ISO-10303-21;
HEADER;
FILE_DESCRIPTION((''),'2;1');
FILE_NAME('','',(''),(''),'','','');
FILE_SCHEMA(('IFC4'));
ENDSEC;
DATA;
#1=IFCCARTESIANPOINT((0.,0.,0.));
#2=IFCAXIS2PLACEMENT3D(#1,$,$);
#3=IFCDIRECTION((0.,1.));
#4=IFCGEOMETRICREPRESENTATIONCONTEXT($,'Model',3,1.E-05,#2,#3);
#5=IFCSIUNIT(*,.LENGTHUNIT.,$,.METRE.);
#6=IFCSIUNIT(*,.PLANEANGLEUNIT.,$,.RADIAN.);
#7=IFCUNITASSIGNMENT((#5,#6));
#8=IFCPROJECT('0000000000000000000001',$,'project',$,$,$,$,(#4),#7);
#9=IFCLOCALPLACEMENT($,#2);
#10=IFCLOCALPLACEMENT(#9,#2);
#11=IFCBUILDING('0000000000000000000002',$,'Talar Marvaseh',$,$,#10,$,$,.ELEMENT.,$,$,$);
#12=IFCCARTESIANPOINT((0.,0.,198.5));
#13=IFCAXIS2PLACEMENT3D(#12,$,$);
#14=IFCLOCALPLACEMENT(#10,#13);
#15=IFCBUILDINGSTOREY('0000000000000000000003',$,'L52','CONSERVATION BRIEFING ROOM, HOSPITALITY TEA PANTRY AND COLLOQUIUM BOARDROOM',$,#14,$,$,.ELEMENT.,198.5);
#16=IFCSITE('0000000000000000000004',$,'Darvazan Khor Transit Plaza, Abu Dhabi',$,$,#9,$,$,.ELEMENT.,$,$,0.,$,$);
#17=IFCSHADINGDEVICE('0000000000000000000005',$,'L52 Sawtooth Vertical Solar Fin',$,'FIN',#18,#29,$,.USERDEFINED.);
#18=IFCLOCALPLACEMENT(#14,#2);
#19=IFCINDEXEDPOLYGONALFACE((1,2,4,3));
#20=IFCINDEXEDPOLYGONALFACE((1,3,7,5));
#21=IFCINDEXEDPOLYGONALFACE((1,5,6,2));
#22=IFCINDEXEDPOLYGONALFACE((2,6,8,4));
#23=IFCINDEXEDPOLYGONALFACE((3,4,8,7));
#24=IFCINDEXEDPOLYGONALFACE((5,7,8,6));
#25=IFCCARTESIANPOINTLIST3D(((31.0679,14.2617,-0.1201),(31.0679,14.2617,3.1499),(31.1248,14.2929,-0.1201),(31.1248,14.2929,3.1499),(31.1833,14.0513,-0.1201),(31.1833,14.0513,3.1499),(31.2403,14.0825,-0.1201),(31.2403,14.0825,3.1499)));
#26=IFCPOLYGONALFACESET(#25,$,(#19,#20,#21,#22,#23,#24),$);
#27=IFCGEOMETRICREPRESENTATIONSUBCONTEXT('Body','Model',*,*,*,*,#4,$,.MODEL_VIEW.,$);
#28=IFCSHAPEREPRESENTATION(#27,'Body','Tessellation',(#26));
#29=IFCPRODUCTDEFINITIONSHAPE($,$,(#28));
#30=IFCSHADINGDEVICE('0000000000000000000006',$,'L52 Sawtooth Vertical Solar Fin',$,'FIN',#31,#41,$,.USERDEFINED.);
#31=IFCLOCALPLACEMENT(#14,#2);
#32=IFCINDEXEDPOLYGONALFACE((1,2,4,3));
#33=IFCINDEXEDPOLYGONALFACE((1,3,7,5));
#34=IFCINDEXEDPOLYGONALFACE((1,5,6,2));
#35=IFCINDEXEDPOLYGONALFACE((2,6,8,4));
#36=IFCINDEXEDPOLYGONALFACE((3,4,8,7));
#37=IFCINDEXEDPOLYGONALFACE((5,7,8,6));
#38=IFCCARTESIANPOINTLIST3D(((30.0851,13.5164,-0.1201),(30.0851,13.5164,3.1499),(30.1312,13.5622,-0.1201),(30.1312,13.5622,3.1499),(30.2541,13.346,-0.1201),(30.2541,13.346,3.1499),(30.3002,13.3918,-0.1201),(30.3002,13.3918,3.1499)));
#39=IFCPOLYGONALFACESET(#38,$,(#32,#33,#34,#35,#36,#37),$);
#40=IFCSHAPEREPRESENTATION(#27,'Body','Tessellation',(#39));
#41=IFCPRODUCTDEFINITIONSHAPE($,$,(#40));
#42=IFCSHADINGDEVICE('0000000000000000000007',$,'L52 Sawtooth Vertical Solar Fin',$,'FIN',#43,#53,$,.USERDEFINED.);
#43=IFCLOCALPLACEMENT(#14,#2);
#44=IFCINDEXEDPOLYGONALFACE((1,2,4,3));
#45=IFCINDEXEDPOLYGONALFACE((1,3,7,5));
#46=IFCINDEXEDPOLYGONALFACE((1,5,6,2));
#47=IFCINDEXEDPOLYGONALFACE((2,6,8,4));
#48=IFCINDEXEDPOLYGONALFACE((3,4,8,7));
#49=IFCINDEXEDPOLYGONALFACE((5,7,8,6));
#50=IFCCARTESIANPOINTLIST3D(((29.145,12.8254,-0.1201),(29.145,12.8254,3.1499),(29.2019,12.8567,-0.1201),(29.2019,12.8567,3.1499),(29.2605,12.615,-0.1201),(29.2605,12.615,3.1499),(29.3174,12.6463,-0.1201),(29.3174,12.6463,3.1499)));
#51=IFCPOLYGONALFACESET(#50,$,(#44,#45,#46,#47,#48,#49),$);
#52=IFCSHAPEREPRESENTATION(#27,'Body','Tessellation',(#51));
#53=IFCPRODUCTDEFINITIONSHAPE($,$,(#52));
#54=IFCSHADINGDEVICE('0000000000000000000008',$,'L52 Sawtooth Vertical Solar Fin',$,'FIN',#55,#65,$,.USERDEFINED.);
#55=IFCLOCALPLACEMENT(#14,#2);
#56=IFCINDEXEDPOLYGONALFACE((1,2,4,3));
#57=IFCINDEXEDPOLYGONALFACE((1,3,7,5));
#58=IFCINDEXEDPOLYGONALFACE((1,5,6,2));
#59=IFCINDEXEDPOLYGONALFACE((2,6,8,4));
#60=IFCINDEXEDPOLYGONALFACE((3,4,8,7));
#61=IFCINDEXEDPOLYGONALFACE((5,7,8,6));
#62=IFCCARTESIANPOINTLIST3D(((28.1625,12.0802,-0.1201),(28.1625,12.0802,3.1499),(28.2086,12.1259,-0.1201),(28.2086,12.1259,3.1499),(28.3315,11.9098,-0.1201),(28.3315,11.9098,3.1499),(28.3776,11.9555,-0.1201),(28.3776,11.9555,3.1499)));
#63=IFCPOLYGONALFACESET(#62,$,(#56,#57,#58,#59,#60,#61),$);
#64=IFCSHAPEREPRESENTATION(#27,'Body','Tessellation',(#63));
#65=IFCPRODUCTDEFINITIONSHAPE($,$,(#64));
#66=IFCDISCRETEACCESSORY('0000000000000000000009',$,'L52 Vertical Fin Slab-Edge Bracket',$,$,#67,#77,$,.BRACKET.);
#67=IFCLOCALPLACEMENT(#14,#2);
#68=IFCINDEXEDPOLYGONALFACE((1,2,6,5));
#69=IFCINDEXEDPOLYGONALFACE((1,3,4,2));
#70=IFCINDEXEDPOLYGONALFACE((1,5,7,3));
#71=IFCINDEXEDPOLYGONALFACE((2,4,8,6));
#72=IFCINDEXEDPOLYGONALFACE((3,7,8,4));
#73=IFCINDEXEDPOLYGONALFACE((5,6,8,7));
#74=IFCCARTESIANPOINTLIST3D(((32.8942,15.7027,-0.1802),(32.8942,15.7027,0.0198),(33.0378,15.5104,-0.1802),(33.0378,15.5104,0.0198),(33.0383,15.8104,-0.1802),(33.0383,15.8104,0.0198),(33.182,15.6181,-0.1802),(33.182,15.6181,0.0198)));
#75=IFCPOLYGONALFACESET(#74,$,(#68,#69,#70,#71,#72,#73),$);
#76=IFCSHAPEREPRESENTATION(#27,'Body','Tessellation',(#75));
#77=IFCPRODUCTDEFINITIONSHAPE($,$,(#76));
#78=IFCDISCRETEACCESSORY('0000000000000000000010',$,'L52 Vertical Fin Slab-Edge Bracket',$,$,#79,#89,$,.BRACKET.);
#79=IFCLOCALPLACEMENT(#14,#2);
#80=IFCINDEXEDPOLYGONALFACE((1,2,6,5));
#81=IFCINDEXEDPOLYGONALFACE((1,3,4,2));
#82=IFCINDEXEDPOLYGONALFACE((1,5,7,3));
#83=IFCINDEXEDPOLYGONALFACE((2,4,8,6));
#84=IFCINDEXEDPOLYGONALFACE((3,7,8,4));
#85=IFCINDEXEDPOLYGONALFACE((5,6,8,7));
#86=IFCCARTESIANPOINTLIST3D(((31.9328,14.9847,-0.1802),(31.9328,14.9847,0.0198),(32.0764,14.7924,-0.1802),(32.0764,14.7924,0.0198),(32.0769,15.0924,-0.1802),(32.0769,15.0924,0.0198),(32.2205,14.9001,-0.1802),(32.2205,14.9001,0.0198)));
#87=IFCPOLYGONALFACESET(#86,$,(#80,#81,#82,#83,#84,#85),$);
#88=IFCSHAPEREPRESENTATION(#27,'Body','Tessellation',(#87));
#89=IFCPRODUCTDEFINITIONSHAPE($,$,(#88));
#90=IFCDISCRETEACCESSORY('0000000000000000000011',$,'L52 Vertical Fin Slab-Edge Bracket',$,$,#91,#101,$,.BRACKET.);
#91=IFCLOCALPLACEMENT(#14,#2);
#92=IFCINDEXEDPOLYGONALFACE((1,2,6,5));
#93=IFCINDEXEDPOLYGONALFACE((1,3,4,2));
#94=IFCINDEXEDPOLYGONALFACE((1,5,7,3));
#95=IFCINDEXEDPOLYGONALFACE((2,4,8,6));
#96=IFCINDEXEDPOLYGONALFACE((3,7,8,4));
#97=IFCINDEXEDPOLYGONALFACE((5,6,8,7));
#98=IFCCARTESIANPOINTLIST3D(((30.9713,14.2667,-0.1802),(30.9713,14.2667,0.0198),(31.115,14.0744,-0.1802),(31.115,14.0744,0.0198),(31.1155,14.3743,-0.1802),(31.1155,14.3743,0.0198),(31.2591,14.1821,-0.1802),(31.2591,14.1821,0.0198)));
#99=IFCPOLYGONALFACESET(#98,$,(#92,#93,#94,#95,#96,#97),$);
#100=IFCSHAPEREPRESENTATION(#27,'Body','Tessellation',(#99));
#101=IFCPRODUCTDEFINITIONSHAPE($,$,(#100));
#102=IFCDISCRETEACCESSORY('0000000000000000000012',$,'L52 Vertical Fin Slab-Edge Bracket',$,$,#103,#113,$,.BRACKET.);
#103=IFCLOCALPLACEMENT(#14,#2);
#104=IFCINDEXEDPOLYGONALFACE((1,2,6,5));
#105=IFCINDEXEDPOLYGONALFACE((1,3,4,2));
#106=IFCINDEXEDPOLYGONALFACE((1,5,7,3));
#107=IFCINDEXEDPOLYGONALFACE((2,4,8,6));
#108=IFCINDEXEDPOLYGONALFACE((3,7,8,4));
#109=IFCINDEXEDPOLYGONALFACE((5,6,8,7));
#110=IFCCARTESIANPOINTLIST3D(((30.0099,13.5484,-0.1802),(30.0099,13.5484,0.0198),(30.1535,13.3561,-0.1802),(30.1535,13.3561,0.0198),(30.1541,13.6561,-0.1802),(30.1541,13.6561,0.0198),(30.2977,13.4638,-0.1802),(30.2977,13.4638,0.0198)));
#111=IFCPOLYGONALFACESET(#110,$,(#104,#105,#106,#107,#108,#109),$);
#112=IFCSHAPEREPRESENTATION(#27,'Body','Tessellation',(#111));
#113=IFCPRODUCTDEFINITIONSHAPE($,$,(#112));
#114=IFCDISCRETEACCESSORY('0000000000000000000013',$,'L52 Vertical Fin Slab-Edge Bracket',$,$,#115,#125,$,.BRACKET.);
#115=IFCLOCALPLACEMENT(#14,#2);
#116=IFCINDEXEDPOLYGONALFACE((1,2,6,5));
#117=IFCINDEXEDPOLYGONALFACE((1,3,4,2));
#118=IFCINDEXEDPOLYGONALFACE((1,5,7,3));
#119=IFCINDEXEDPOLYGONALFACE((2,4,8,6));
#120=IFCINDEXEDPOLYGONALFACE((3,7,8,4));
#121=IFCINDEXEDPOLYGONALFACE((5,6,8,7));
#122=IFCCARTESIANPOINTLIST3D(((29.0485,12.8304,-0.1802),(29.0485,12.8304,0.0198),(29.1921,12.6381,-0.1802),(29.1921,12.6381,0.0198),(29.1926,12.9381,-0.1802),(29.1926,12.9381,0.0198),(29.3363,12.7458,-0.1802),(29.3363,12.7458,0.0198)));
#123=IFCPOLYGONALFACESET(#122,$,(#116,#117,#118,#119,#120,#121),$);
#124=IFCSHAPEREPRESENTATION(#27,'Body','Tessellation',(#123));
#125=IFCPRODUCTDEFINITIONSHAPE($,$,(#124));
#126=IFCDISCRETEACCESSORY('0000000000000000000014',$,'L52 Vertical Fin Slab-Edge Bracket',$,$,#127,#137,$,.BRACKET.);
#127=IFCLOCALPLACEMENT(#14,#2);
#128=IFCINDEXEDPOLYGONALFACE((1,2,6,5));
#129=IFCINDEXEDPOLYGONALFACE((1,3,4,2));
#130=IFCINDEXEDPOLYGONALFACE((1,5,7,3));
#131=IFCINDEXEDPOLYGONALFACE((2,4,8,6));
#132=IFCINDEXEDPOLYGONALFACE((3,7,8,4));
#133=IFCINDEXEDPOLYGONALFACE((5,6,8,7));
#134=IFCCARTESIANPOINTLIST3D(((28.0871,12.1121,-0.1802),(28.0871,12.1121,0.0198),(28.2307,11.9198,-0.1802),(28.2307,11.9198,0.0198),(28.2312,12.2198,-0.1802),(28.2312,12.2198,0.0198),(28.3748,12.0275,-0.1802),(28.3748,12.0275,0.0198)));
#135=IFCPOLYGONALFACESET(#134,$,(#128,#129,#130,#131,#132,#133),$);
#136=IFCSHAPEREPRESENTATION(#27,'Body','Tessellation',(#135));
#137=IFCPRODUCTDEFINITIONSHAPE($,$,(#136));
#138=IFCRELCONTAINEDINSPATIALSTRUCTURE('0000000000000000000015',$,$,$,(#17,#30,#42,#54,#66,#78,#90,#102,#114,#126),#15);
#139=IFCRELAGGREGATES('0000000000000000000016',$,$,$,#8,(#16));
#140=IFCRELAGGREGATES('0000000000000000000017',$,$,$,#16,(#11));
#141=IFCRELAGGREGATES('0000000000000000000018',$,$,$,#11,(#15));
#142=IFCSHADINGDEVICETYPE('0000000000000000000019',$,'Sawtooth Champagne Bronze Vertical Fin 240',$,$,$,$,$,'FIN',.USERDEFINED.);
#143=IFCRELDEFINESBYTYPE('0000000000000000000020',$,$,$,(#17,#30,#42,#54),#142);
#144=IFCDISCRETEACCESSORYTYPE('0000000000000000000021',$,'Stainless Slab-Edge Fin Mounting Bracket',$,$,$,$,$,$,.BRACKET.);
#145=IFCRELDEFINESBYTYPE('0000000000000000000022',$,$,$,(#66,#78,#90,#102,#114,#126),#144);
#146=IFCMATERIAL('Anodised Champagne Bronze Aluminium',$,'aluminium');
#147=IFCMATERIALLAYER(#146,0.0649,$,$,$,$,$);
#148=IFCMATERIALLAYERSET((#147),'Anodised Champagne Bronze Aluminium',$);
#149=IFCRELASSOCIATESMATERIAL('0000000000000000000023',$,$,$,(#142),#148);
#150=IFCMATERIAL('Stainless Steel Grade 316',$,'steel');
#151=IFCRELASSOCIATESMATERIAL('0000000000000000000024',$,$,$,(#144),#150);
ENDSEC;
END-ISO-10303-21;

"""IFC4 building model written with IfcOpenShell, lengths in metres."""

from ifc_helpers import new_model, si_unit, direction, frame, origin, origin_2d, place, context, subcontext, project, spatial, rectangle, extrude, source, transform, mapped, material, layer, layer_set, type_object, type_shapes, element, save


model = new_model("IFC4")

# Units and contexts
model_context = context("Model", 3, precision=1e-05, world=origin(), true_north=direction((0.0, 1.0)))
body_context = subcontext(model_context, "Body", "Model", "MODEL_VIEW")
ifc_project = project(units=[si_unit("LENGTHUNIT", "METRE"), si_unit("PLANEANGLEUNIT", "RADIAN")], contexts=[model_context])

# Site, building, storey
site_placement = place(None, origin())
site = spatial("IfcSite", under=ifc_project, at=site_placement, Name="Darvazan Khor Transit Plaza, Abu Dhabi", CompositionType="ELEMENT", RefElevation=0.0)
building_placement = place(site_placement, origin())
building = spatial("IfcBuilding", under=site, at=building_placement, Name="Talar Marvaseh", CompositionType="ELEMENT")
storey_placement = place(building_placement, frame((0.0, 0.0, 198.5)))
storey = spatial("IfcBuildingStorey", under=building, at=storey_placement, Name="L52", Description="CONSERVATION BRIEFING ROOM, HOSPITALITY TEA PANTRY AND COLLOQUIUM BOARDROOM", CompositionType="ELEMENT", Elevation=198.5)

# Shading devices
ifc_material_1 = material(Name="Anodised Champagne Bronze Aluminium", Category="aluminium")
ifc_layer_1 = layer(ifc_material_1, 0.0649)
ifc_layer_set_1 = layer_set([ifc_layer_1], Name="Anodised Champagne Bronze Aluminium")
shading_device_type = type_object("IfcShadingDeviceType", Name="Sawtooth Champagne Bronze Vertical Fin 240", ElementType="FIN", PredefinedType="USERDEFINED", material=ifc_layer_set_1)
shared_shape_1 = source(origin(), body_context, "Body", "SweptSolid", [
    extrude(rectangle(XDim=0.24, YDim=0.0649, at=origin_2d()), origin(), (0.0, 0.0, 1.0), 3.27),
])
type_shapes(shading_device_type, [shared_shape_1])
for number, where, z_axis, x_axis, name in (
    (1, (31.1541, 14.1721, -0.1201), (0.0, 0.0, 1.0), (0.481142, -0.876643, 0.0), "L52 Sawtooth Vertical Solar Fin"),
    (2, (30.1926, 13.4541, -0.1201), (0.0, 0.0, 1.0), (0.704139, -0.710062, 0.0), "L52 Sawtooth Vertical Solar Fin"),
    (3, (29.2312, 12.7358, -0.1201), (0.0, 0.0, 1.0), (0.481142, -0.876643, 0.0), "L52 Sawtooth Vertical Solar Fin"),
    (4, (28.27, 12.0178, -0.1201), (0.0, 0.0, 1.0), (0.704139, -0.710062, 0.0), "L52 Sawtooth Vertical Solar Fin"),
):
    element("IfcShadingDevice", number, at=place(storey_placement, frame(where, z_axis=z_axis, x_axis=x_axis)), inside=storey, type_object=shading_device_type, Name=name, ObjectType="FIN", PredefinedType="USERDEFINED", context=body_context, shape_type="MappedRepresentation", body=[
        mapped(shared_shape_1, transform((0.0, 0.0, 0.0), x_axis=(1.0, 0.0, 0.0), y_axis=(0.0, 1.0, 0.0), z_axis=(0.0, 0.0, 1.0), scale=1.0)),
    ])

# Discrete accessories
ifc_material_2 = material(Name="Stainless Steel Grade 316", Category="steel")
discrete_accessory_type = type_object("IfcDiscreteAccessoryType", Name="Stainless Slab-Edge Fin Mounting Bracket", PredefinedType="BRACKET", material=ifc_material_2)
shared_shape_2 = source(origin(), body_context, "Body", "SweptSolid", [
    extrude(rectangle(XDim=0.24, YDim=0.1799, at=origin_2d()), origin(), (0.0, 0.0, 1.0), 0.2),
])
type_shapes(discrete_accessory_type, [shared_shape_2])
for number, where, z_axis, x_axis, name in (
    (5, (33.0381, 15.6604, -0.1802), (0.0, 0.0, 1.0), (0.598464, -0.801149, 0.0), "L52 Vertical Fin Slab-Edge Bracket"),
    (6, (32.0767, 14.9424, -0.1802), (0.0, 0.0, 1.0), (0.598464, -0.801149, 0.0), "L52 Vertical Fin Slab-Edge Bracket"),
    (7, (31.1152, 14.2244, -0.1802), (0.0, 0.0, 1.0), (0.598464, -0.801149, 0.0), "L52 Vertical Fin Slab-Edge Bracket"),
    (8, (30.1538, 13.5061, -0.1802), (0.0, 0.0, 1.0), (0.598464, -0.801149, 0.0), "L52 Vertical Fin Slab-Edge Bracket"),
    (9, (29.1924, 12.7881, -0.1802), (0.0, 0.0, 1.0), (0.598464, -0.801149, 0.0), "L52 Vertical Fin Slab-Edge Bracket"),
    (10, (28.231, 12.0698, -0.1802), (0.0, 0.0, 1.0), (0.598464, -0.801149, 0.0), "L52 Vertical Fin Slab-Edge Bracket"),
):
    element("IfcDiscreteAccessory", number, at=place(storey_placement, frame(where, z_axis=z_axis, x_axis=x_axis)), inside=storey, type_object=discrete_accessory_type, Name=name, PredefinedType="BRACKET", context=body_context, shape_type="MappedRepresentation", body=[
        mapped(shared_shape_2, transform((0.0, 0.0, 0.0), x_axis=(1.0, 0.0, 0.0), y_axis=(0.0, 1.0, 0.0), z_axis=(0.0, 0.0, 1.0), scale=1.0)),
    ])

save(model, "model.ifc")
